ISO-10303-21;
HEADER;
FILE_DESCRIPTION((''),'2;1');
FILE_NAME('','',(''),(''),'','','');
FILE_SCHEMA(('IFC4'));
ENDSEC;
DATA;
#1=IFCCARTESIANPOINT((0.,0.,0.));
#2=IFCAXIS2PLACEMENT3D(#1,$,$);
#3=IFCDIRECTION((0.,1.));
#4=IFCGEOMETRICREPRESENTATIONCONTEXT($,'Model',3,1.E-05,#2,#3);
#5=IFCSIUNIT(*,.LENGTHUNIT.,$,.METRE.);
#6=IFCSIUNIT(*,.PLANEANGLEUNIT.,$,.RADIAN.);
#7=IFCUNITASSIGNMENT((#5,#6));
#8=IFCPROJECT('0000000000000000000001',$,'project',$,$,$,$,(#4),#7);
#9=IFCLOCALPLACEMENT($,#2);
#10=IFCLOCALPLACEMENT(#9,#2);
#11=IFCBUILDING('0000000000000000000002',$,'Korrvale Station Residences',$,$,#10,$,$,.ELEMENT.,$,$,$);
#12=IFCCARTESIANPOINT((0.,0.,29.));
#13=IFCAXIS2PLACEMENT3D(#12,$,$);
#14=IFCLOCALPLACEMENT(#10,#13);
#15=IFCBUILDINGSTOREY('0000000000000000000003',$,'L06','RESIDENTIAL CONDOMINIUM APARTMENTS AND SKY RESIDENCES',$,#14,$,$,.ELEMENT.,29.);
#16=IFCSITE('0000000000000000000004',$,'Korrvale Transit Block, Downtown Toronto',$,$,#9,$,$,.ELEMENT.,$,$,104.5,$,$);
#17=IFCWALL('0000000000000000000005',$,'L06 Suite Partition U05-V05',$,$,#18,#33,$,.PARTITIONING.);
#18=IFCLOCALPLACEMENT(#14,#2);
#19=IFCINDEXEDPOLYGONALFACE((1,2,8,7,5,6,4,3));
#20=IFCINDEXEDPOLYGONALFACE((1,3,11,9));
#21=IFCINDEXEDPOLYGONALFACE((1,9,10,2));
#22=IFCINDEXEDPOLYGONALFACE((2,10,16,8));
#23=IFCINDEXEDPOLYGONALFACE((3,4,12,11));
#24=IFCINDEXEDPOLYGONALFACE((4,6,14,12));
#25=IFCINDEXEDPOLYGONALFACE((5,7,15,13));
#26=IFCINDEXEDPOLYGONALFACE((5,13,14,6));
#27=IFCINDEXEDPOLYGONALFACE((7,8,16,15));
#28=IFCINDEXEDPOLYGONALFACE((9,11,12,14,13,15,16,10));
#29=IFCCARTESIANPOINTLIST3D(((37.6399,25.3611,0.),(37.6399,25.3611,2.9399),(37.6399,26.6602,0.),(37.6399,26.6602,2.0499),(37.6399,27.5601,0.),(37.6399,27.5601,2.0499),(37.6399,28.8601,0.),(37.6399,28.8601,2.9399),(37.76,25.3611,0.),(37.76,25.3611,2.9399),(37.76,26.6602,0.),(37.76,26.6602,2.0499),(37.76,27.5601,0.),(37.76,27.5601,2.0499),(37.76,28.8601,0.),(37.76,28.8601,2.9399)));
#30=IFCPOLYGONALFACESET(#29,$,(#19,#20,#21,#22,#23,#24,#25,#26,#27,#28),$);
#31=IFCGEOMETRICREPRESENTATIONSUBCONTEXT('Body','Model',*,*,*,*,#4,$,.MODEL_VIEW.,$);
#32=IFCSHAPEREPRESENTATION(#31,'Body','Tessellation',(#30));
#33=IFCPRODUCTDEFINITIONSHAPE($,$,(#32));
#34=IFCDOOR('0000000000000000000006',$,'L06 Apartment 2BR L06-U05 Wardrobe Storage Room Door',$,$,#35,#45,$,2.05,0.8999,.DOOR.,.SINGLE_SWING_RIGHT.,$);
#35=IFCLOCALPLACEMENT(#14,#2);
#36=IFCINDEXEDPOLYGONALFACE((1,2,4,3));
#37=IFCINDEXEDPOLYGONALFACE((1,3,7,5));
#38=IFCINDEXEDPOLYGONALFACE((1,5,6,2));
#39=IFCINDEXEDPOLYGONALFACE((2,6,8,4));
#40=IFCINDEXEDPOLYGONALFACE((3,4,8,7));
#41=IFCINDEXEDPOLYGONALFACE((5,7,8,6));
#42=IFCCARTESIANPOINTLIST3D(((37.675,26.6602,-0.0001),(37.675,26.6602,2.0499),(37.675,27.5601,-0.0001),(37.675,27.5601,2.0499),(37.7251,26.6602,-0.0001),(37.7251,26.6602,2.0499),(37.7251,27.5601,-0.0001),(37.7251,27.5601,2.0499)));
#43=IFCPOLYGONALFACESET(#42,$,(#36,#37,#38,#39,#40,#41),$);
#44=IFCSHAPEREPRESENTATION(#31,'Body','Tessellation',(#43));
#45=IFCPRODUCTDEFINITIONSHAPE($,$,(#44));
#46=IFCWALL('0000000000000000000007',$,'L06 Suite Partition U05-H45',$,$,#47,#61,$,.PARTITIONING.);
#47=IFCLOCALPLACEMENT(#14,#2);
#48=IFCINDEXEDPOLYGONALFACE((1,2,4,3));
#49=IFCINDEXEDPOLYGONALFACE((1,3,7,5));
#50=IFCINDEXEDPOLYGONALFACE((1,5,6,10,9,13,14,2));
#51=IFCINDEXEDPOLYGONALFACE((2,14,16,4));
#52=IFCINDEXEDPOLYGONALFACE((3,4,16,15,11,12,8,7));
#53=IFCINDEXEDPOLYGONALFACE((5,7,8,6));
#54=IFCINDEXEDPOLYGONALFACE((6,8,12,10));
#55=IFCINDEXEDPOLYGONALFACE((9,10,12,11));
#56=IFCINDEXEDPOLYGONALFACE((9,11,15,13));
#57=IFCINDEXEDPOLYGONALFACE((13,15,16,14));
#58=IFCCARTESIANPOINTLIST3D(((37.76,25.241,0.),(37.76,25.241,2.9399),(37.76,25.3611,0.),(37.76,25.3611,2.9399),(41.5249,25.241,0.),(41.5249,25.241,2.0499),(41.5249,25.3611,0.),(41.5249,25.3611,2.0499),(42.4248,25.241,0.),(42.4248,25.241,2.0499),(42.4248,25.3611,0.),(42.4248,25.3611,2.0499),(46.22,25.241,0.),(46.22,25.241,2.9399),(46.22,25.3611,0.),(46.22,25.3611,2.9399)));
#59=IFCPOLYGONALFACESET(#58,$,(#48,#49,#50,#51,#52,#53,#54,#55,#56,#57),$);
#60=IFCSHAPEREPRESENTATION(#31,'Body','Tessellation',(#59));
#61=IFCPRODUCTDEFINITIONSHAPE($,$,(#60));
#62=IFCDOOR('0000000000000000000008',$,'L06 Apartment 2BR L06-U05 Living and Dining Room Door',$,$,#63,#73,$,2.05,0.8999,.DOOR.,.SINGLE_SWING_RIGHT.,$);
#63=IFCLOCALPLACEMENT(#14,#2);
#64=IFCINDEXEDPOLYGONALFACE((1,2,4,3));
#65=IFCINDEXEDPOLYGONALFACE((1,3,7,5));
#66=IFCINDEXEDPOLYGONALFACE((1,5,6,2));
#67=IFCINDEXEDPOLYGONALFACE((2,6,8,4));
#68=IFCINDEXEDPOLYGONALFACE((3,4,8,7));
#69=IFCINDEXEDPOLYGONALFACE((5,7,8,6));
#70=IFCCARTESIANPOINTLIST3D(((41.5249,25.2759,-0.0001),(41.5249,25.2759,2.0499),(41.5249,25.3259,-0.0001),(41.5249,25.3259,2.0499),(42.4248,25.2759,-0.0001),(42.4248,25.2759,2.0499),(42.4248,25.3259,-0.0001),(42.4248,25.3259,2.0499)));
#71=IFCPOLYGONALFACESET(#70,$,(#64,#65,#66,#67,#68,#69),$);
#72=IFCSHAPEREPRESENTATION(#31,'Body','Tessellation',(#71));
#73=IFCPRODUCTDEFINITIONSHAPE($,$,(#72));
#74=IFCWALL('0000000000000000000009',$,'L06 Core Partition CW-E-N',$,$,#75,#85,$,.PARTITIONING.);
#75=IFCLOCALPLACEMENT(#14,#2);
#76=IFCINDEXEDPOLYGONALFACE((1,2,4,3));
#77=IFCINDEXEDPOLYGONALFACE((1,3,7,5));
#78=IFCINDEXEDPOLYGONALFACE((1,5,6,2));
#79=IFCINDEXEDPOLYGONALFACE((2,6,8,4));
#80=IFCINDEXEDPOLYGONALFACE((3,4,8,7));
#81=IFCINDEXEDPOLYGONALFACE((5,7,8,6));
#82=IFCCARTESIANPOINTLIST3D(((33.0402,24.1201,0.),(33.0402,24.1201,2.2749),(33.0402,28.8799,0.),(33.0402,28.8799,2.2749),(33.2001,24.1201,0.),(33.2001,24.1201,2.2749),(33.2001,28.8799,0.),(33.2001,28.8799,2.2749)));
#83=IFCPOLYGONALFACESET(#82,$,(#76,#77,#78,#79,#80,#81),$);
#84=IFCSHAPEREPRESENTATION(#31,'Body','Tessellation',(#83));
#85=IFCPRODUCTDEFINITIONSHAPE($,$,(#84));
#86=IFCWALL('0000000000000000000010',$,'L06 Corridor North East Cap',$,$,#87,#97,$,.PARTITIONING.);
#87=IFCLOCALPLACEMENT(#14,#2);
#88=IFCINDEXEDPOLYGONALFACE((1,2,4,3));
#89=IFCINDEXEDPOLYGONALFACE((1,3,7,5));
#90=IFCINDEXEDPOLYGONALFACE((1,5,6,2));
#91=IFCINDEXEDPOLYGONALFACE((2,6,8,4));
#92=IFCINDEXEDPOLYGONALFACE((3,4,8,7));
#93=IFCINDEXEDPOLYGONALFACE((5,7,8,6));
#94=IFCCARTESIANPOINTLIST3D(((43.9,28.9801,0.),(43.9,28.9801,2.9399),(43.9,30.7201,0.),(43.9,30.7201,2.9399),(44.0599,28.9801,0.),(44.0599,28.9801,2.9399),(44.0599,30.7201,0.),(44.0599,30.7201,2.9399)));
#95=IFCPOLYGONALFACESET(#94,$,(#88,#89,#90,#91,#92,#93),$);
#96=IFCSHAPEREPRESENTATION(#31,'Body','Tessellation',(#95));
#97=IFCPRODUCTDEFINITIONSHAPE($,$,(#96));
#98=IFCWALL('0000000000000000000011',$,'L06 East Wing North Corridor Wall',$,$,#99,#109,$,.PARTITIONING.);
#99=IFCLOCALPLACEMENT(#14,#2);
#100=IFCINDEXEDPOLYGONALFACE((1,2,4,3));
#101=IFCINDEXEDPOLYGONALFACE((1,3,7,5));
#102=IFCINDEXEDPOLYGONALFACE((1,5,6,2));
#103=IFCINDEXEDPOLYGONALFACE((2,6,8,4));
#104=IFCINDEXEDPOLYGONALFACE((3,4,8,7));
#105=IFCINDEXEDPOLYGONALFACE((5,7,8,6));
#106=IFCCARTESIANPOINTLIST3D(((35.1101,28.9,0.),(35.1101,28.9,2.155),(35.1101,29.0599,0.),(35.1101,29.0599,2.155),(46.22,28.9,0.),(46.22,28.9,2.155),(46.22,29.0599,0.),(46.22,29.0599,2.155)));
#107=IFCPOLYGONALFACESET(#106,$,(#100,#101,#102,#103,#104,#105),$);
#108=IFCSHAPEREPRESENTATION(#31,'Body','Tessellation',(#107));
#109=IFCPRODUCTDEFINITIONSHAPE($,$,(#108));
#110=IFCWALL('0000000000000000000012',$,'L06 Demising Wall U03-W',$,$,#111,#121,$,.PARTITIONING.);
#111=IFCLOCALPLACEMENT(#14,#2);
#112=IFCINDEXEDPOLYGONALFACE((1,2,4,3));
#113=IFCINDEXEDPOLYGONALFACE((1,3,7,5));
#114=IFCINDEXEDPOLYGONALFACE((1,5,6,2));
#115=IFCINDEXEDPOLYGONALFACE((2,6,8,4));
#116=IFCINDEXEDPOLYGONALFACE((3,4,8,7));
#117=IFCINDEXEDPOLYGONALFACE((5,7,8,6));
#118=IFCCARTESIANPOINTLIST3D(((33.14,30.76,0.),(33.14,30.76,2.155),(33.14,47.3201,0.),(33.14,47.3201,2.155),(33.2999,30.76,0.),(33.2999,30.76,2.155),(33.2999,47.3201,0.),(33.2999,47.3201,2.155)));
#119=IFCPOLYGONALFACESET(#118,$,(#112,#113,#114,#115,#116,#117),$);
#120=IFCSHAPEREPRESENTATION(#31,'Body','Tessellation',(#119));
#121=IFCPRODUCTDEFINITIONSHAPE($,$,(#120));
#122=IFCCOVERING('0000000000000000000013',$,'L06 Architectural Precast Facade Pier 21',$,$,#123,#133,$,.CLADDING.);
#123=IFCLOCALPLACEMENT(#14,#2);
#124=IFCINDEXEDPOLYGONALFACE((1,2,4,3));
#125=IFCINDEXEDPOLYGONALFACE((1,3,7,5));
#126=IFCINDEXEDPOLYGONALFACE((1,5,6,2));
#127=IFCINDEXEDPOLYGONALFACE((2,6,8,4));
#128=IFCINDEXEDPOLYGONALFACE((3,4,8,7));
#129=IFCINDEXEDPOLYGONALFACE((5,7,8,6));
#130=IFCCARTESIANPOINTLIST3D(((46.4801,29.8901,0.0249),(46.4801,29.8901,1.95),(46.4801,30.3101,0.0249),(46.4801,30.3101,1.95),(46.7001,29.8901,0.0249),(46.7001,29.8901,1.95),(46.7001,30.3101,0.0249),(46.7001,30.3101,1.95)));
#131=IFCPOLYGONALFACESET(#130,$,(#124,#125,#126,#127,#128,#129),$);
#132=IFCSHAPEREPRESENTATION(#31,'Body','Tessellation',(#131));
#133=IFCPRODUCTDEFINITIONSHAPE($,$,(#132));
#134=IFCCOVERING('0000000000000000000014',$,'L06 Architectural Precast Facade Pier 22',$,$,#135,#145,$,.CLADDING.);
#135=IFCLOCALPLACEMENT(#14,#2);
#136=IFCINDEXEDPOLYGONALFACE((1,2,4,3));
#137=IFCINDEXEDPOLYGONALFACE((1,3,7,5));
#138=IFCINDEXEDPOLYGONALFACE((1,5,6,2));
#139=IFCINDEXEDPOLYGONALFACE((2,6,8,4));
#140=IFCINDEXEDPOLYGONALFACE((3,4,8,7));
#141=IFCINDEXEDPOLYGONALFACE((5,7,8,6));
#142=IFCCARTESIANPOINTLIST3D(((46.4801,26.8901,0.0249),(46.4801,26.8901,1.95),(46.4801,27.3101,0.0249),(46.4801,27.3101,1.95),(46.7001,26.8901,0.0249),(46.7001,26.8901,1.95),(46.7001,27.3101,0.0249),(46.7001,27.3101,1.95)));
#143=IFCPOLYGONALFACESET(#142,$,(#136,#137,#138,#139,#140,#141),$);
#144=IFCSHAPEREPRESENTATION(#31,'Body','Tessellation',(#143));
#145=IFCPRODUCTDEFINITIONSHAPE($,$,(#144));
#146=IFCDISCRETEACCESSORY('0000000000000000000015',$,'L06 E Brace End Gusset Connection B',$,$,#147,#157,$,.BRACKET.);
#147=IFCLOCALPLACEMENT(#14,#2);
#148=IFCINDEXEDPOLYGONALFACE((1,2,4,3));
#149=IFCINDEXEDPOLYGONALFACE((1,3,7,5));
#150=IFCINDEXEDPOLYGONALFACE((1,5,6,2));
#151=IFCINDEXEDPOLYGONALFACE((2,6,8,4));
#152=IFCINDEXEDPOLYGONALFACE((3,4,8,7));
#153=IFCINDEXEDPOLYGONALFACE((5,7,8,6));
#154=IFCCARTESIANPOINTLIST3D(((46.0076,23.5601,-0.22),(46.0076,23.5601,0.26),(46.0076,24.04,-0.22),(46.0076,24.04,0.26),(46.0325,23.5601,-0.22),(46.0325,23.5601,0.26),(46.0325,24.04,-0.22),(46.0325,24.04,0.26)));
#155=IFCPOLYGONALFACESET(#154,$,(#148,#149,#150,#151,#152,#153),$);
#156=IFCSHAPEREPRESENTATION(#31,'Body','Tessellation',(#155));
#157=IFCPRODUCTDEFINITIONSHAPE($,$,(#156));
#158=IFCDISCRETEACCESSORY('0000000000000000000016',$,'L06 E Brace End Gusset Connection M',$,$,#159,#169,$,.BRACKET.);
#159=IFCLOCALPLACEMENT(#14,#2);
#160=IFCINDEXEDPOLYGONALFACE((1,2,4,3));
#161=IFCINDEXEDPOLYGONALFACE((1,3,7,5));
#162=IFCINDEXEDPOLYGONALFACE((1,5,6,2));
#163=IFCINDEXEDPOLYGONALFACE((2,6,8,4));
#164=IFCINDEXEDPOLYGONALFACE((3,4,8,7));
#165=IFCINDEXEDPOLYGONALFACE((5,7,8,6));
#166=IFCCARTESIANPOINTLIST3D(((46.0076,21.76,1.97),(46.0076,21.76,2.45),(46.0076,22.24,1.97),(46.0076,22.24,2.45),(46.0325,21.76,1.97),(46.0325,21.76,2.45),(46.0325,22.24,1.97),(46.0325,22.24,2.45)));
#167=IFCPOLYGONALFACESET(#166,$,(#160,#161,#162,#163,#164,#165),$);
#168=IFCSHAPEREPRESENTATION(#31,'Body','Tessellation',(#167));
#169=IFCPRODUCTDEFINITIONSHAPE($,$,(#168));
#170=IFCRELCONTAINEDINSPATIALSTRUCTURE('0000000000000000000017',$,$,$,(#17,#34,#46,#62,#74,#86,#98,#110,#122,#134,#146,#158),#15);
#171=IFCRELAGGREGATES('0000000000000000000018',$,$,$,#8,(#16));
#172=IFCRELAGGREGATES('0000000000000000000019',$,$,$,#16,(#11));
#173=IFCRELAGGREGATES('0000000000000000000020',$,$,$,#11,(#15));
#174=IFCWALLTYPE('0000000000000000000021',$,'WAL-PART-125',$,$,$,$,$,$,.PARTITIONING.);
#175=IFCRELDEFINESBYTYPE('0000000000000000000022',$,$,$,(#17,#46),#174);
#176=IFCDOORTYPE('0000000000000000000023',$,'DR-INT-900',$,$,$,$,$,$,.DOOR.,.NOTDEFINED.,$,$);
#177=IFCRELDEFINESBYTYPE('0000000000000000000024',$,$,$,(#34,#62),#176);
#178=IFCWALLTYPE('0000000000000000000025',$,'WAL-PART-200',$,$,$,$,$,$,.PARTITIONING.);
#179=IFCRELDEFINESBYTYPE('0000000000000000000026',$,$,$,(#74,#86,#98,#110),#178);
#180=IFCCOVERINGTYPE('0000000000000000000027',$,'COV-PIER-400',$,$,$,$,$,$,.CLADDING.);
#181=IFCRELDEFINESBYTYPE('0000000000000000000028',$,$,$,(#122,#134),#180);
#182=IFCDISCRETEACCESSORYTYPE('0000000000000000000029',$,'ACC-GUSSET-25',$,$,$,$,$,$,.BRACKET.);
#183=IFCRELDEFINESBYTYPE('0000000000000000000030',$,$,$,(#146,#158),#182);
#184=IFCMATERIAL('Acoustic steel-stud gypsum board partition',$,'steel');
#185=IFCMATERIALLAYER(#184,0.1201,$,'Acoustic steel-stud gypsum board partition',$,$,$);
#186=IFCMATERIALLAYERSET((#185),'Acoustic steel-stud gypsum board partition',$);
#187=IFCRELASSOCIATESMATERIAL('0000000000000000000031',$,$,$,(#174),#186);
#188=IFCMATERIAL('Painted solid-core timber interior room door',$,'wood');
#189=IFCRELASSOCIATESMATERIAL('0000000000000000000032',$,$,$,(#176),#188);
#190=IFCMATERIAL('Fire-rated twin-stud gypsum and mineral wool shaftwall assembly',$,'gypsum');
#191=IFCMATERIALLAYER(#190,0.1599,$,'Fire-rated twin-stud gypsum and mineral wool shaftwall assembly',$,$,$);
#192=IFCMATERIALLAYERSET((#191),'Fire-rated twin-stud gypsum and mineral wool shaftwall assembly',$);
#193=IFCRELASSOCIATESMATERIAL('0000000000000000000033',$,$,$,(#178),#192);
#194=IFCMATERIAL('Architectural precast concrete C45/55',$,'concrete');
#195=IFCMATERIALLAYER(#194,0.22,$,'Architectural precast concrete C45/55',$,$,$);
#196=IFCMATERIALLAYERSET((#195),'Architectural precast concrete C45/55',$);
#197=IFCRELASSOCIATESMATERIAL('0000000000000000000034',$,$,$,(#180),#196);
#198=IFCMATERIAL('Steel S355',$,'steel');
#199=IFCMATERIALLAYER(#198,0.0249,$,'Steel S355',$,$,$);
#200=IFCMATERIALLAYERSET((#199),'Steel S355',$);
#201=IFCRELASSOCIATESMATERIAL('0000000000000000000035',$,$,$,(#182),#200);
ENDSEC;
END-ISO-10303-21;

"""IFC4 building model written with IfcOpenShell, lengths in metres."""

from ifc_helpers import new_model, si_unit, direction, frame, frame_2d, origin, origin_2d, place, context, subcontext, project, spatial, rectangle, extrude, material, layer, layer_set, type_object, element, fill, save


model = new_model("IFC4")

# Units and contexts
model_context = context("Model", 3, precision=1e-05, world=origin(), true_north=direction((0.0, 1.0)))
body_context = subcontext(model_context, "Body", "Model", "MODEL_VIEW")
ifc_project = project(units=[si_unit("LENGTHUNIT", "METRE"), si_unit("PLANEANGLEUNIT", "RADIAN")], contexts=[model_context])

# Site, building, storey
site_placement = place(None, origin())
site = spatial("IfcSite", under=ifc_project, at=site_placement, Name="Korrvale Transit Block, Downtown Toronto", CompositionType="ELEMENT", RefElevation=104.5)
building_placement = place(site_placement, origin())
building = spatial("IfcBuilding", under=site, at=building_placement, Name="Korrvale Station Residences", CompositionType="ELEMENT")
storey_placement = place(building_placement, frame((0.0, 0.0, 29.0)))
storey = spatial("IfcBuildingStorey", under=building, at=storey_placement, Name="L06", Description="RESIDENTIAL CONDOMINIUM APARTMENTS AND SKY RESIDENCES", CompositionType="ELEMENT", Elevation=29.0)

# Shared definitions
ifc_material_1 = material(Name="Steel S355", Category="steel")

# Walls, openings, doors
ifc_material_2 = material(Name="Acoustic steel-stud gypsum board partition", Category="steel")
ifc_layer_1 = layer(ifc_material_2, 0.1201, Name="Acoustic steel-stud gypsum board partition")
ifc_layer_set_1 = layer_set([ifc_layer_1], Name="Acoustic steel-stud gypsum board partition")
wall_type_1 = type_object("IfcWallType", Name="WAL-PART-125", PredefinedType="PARTITIONING", material=ifc_layer_set_1)
ifc_material_3 = material(Name="Painted solid-core timber interior room door", Category="wood")
door_type = type_object("IfcDoorType", Name="DR-INT-900", OperationType="NOTDEFINED", PredefinedType="DOOR", material=ifc_material_3)
wall_1_placement = place(storey_placement, frame((37.7, 25.3611, 0.0), z_axis=(0.0, 0.0, 1.0), x_axis=(0.0, 1.0, 0.0)))
wall_1 = element("IfcWall", 1, at=wall_1_placement, inside=storey, type_object=wall_type_1, Name="L06 Suite Partition U05-V05", PredefinedType="PARTITIONING", context=body_context, shape_type="SweptSolid", body=[
    extrude(rectangle(XDim=3.499, YDim=0.1201, at=frame_2d((1.7495, 0.0))), origin(), (0.0, 0.0, 1.0), 2.9399),
])
opening_1_placement = place(wall_1_placement, frame((1.2991, 0.0, 0.0)))
opening_1 = element("IfcOpeningElement", 2, at=opening_1_placement, cuts=wall_1, PredefinedType="OPENING", context=body_context, shape_type="SweptSolid", body=[
    extrude(rectangle(XDim=0.8999, YDim=2.05, at=frame_2d((0.45, 1.0249))), frame((0.0, 0.0701, 0.0), z_axis=(0.0, -1.0, 0.0), x_axis=(1.0, 0.0, 0.0)), (0.0, 0.0, 1.0), 0.1401),
])
door_1_placement = place(opening_1_placement, origin())
door_1 = element("IfcDoor", 3, at=door_1_placement, inside=storey, type_object=door_type, Name="L06 Apartment 2BR L06-U05 Wardrobe Storage Room Door", OperationType="SINGLE_SWING_RIGHT", OverallHeight=2.05, OverallWidth=0.8999, PredefinedType="DOOR", context=body_context, shape_type="SweptSolid", body=[
    extrude(rectangle(XDim=0.8999, YDim=2.05, at=frame_2d((0.45, 1.0249))), frame((0.0, 0.0249, 0.0), z_axis=(0.0, -1.0, 0.0), x_axis=(1.0, 0.0, 0.0)), (0.0, 0.0, 1.0), 0.05),
])
fill(opening_1, door_1)
wall_2_placement = place(storey_placement, frame((37.76, 25.301, 0.0), z_axis=(0.0, 0.0, 1.0), x_axis=(1.0, 0.0, 0.0)))
wall_2 = element("IfcWall", 4, at=wall_2_placement, inside=storey, type_object=wall_type_1, Name="L06 Suite Partition U05-H45", PredefinedType="PARTITIONING", context=body_context, shape_type="SweptSolid", body=[
    extrude(rectangle(XDim=8.46, YDim=0.1201, at=frame_2d((4.23, 0.0))), origin(), (0.0, 0.0, 1.0), 2.9399),
])
opening_2_placement = place(wall_2_placement, frame((3.7649, 0.0, 0.0)))
opening_2 = element("IfcOpeningElement", 5, at=opening_2_placement, cuts=wall_2, PredefinedType="OPENING", context=body_context, shape_type="SweptSolid", body=[
    extrude(rectangle(XDim=0.8999, YDim=2.05, at=frame_2d((0.45, 1.0249))), frame((0.0, 0.0701, 0.0), z_axis=(0.0, -1.0, 0.0), x_axis=(1.0, 0.0, 0.0)), (0.0, 0.0, 1.0), 0.1401),
])
door_2_placement = place(opening_2_placement, origin())
door_2 = element("IfcDoor", 6, at=door_2_placement, inside=storey, type_object=door_type, Name="L06 Apartment 2BR L06-U05 Living and Dining Room Door", OperationType="SINGLE_SWING_RIGHT", OverallHeight=2.05, OverallWidth=0.8999, PredefinedType="DOOR", context=body_context, shape_type="SweptSolid", body=[
    extrude(rectangle(XDim=0.8999, YDim=2.05, at=frame_2d((0.45, 1.0249))), frame((0.0, 0.0249, 0.0), z_axis=(0.0, -1.0, 0.0), x_axis=(1.0, 0.0, 0.0)), (0.0, 0.0, 1.0), 0.05),
])
fill(opening_2, door_2)

# Walls
ifc_material_4 = material(Name="Fire-rated twin-stud gypsum and mineral wool shaftwall assembly", Category="gypsum")
ifc_layer_2 = layer(ifc_material_4, 0.1599, Name="Fire-rated twin-stud gypsum and mineral wool shaftwall assembly")
ifc_layer_set_2 = layer_set([ifc_layer_2], Name="Fire-rated twin-stud gypsum and mineral wool shaftwall assembly")
wall_type_2 = type_object("IfcWallType", Name="WAL-PART-200", PredefinedType="PARTITIONING", material=ifc_layer_set_2)
wall_3_placement = place(storey_placement, frame((33.1201, 24.1201, 0.0), z_axis=(0.0, 0.0, 1.0), x_axis=(0.0, 1.0, 0.0)))
element("IfcWall", 7, at=wall_3_placement, inside=storey, type_object=wall_type_2, Name="L06 Core Partition CW-E-N", PredefinedType="PARTITIONING", context=body_context, shape_type="SweptSolid", body=[
    extrude(rectangle(XDim=4.7598, YDim=0.1599, at=frame_2d((2.3799, 0.0))), origin(), (0.0, 0.0, 1.0), 2.2749),
])
wall_4_placement = place(storey_placement, frame((43.98, 28.98, 0.0), z_axis=(0.0, 0.0, 1.0), x_axis=(0.0, 1.0, 0.0)))
element("IfcWall", 8, at=wall_4_placement, inside=storey, type_object=wall_type_2, Name="L06 Corridor North East Cap", PredefinedType="PARTITIONING", context=body_context, shape_type="SweptSolid", body=[
    extrude(rectangle(XDim=1.74, YDim=0.1599, at=frame_2d((0.8701, 0.0))), origin(), (0.0, 0.0, 1.0), 2.9399),
])
wall_5_placement = place(storey_placement, frame((35.1101, 28.98, 0.0), z_axis=(0.0, 0.0, 1.0), x_axis=(1.0, 0.0, 0.0)))
element("IfcWall", 9, at=wall_5_placement, inside=storey, type_object=wall_type_2, Name="L06 East Wing North Corridor Wall", PredefinedType="PARTITIONING", context=body_context, shape_type="SweptSolid", body=[
    extrude(rectangle(XDim=11.1099, YDim=0.1599, at=frame_2d((5.5549, 0.0))), origin(), (0.0, 0.0, 1.0), 2.155),
])
wall_6_placement = place(storey_placement, frame((33.22, 30.76, 0.0), z_axis=(0.0, 0.0, 1.0), x_axis=(0.0, 1.0, 0.0)))
element("IfcWall", 10, at=wall_6_placement, inside=storey, type_object=wall_type_2, Name="L06 Demising Wall U03-W", PredefinedType="PARTITIONING", context=body_context, shape_type="SweptSolid", body=[
    extrude(rectangle(XDim=16.5601, YDim=0.1599, at=frame_2d((8.28, 0.0))), origin(), (0.0, 0.0, 1.0), 2.155),
])

# Coverings
ifc_material_5 = material(Name="Architectural precast concrete C45/55", Category="concrete")
ifc_layer_3 = layer(ifc_material_5, 0.22, Name="Architectural precast concrete C45/55")
ifc_layer_set_3 = layer_set([ifc_layer_3], Name="Architectural precast concrete C45/55")
covering_type = type_object("IfcCoveringType", Name="COV-PIER-400", PredefinedType="CLADDING", material=ifc_layer_set_3)
for number, where, z_axis, x_axis, name in (
    (11, (46.5901, 30.1001, 0.0249), (0.0, 0.0, 1.0), (0.0, 1.0, 0.0), "L06 Architectural Precast Facade Pier 21"),
    (12, (46.5901, 27.1001, 0.0249), (0.0, 0.0, 1.0), (0.0, 1.0, 0.0), "L06 Architectural Precast Facade Pier 22"),
):
    element("IfcCovering", number, at=place(storey_placement, frame(where, z_axis=z_axis, x_axis=x_axis)), inside=storey, type_object=covering_type, Name=name, PredefinedType="CLADDING", context=body_context, shape_type="SweptSolid", body=[
        extrude(rectangle(XDim=0.4199, YDim=0.22, at=origin_2d()), origin(), (0.0, 0.0, 1.0), 1.925),
    ])

# Discrete accessories
ifc_layer_4 = layer(ifc_material_1, 0.0249, Name="Steel S355")
ifc_layer_set_4 = layer_set([ifc_layer_4], Name="Steel S355")
discrete_accessory_type = type_object("IfcDiscreteAccessoryType", Name="ACC-GUSSET-25", PredefinedType="BRACKET", material=ifc_layer_set_4)
for number, where, z_axis, x_axis, name in (
    (13, (46.02, 23.8, -0.22), (0.0, 0.0, 1.0), (0.0, 1.0, 0.0), "L06 E Brace End Gusset Connection B"),
    (14, (46.02, 22.0, 1.97), (0.0, 0.0, 1.0), (0.0, 1.0, 0.0), "L06 E Brace End Gusset Connection M"),
):
    element("IfcDiscreteAccessory", number, at=place(storey_placement, frame(where, z_axis=z_axis, x_axis=x_axis)), inside=storey, type_object=discrete_accessory_type, Name=name, PredefinedType="BRACKET", context=body_context, shape_type="SweptSolid", body=[
        extrude(rectangle(XDim=0.48, YDim=0.0249, at=origin_2d()), origin(), (0.0, 0.0, 1.0), 0.48),
    ])

save(model, "model.ifc")
